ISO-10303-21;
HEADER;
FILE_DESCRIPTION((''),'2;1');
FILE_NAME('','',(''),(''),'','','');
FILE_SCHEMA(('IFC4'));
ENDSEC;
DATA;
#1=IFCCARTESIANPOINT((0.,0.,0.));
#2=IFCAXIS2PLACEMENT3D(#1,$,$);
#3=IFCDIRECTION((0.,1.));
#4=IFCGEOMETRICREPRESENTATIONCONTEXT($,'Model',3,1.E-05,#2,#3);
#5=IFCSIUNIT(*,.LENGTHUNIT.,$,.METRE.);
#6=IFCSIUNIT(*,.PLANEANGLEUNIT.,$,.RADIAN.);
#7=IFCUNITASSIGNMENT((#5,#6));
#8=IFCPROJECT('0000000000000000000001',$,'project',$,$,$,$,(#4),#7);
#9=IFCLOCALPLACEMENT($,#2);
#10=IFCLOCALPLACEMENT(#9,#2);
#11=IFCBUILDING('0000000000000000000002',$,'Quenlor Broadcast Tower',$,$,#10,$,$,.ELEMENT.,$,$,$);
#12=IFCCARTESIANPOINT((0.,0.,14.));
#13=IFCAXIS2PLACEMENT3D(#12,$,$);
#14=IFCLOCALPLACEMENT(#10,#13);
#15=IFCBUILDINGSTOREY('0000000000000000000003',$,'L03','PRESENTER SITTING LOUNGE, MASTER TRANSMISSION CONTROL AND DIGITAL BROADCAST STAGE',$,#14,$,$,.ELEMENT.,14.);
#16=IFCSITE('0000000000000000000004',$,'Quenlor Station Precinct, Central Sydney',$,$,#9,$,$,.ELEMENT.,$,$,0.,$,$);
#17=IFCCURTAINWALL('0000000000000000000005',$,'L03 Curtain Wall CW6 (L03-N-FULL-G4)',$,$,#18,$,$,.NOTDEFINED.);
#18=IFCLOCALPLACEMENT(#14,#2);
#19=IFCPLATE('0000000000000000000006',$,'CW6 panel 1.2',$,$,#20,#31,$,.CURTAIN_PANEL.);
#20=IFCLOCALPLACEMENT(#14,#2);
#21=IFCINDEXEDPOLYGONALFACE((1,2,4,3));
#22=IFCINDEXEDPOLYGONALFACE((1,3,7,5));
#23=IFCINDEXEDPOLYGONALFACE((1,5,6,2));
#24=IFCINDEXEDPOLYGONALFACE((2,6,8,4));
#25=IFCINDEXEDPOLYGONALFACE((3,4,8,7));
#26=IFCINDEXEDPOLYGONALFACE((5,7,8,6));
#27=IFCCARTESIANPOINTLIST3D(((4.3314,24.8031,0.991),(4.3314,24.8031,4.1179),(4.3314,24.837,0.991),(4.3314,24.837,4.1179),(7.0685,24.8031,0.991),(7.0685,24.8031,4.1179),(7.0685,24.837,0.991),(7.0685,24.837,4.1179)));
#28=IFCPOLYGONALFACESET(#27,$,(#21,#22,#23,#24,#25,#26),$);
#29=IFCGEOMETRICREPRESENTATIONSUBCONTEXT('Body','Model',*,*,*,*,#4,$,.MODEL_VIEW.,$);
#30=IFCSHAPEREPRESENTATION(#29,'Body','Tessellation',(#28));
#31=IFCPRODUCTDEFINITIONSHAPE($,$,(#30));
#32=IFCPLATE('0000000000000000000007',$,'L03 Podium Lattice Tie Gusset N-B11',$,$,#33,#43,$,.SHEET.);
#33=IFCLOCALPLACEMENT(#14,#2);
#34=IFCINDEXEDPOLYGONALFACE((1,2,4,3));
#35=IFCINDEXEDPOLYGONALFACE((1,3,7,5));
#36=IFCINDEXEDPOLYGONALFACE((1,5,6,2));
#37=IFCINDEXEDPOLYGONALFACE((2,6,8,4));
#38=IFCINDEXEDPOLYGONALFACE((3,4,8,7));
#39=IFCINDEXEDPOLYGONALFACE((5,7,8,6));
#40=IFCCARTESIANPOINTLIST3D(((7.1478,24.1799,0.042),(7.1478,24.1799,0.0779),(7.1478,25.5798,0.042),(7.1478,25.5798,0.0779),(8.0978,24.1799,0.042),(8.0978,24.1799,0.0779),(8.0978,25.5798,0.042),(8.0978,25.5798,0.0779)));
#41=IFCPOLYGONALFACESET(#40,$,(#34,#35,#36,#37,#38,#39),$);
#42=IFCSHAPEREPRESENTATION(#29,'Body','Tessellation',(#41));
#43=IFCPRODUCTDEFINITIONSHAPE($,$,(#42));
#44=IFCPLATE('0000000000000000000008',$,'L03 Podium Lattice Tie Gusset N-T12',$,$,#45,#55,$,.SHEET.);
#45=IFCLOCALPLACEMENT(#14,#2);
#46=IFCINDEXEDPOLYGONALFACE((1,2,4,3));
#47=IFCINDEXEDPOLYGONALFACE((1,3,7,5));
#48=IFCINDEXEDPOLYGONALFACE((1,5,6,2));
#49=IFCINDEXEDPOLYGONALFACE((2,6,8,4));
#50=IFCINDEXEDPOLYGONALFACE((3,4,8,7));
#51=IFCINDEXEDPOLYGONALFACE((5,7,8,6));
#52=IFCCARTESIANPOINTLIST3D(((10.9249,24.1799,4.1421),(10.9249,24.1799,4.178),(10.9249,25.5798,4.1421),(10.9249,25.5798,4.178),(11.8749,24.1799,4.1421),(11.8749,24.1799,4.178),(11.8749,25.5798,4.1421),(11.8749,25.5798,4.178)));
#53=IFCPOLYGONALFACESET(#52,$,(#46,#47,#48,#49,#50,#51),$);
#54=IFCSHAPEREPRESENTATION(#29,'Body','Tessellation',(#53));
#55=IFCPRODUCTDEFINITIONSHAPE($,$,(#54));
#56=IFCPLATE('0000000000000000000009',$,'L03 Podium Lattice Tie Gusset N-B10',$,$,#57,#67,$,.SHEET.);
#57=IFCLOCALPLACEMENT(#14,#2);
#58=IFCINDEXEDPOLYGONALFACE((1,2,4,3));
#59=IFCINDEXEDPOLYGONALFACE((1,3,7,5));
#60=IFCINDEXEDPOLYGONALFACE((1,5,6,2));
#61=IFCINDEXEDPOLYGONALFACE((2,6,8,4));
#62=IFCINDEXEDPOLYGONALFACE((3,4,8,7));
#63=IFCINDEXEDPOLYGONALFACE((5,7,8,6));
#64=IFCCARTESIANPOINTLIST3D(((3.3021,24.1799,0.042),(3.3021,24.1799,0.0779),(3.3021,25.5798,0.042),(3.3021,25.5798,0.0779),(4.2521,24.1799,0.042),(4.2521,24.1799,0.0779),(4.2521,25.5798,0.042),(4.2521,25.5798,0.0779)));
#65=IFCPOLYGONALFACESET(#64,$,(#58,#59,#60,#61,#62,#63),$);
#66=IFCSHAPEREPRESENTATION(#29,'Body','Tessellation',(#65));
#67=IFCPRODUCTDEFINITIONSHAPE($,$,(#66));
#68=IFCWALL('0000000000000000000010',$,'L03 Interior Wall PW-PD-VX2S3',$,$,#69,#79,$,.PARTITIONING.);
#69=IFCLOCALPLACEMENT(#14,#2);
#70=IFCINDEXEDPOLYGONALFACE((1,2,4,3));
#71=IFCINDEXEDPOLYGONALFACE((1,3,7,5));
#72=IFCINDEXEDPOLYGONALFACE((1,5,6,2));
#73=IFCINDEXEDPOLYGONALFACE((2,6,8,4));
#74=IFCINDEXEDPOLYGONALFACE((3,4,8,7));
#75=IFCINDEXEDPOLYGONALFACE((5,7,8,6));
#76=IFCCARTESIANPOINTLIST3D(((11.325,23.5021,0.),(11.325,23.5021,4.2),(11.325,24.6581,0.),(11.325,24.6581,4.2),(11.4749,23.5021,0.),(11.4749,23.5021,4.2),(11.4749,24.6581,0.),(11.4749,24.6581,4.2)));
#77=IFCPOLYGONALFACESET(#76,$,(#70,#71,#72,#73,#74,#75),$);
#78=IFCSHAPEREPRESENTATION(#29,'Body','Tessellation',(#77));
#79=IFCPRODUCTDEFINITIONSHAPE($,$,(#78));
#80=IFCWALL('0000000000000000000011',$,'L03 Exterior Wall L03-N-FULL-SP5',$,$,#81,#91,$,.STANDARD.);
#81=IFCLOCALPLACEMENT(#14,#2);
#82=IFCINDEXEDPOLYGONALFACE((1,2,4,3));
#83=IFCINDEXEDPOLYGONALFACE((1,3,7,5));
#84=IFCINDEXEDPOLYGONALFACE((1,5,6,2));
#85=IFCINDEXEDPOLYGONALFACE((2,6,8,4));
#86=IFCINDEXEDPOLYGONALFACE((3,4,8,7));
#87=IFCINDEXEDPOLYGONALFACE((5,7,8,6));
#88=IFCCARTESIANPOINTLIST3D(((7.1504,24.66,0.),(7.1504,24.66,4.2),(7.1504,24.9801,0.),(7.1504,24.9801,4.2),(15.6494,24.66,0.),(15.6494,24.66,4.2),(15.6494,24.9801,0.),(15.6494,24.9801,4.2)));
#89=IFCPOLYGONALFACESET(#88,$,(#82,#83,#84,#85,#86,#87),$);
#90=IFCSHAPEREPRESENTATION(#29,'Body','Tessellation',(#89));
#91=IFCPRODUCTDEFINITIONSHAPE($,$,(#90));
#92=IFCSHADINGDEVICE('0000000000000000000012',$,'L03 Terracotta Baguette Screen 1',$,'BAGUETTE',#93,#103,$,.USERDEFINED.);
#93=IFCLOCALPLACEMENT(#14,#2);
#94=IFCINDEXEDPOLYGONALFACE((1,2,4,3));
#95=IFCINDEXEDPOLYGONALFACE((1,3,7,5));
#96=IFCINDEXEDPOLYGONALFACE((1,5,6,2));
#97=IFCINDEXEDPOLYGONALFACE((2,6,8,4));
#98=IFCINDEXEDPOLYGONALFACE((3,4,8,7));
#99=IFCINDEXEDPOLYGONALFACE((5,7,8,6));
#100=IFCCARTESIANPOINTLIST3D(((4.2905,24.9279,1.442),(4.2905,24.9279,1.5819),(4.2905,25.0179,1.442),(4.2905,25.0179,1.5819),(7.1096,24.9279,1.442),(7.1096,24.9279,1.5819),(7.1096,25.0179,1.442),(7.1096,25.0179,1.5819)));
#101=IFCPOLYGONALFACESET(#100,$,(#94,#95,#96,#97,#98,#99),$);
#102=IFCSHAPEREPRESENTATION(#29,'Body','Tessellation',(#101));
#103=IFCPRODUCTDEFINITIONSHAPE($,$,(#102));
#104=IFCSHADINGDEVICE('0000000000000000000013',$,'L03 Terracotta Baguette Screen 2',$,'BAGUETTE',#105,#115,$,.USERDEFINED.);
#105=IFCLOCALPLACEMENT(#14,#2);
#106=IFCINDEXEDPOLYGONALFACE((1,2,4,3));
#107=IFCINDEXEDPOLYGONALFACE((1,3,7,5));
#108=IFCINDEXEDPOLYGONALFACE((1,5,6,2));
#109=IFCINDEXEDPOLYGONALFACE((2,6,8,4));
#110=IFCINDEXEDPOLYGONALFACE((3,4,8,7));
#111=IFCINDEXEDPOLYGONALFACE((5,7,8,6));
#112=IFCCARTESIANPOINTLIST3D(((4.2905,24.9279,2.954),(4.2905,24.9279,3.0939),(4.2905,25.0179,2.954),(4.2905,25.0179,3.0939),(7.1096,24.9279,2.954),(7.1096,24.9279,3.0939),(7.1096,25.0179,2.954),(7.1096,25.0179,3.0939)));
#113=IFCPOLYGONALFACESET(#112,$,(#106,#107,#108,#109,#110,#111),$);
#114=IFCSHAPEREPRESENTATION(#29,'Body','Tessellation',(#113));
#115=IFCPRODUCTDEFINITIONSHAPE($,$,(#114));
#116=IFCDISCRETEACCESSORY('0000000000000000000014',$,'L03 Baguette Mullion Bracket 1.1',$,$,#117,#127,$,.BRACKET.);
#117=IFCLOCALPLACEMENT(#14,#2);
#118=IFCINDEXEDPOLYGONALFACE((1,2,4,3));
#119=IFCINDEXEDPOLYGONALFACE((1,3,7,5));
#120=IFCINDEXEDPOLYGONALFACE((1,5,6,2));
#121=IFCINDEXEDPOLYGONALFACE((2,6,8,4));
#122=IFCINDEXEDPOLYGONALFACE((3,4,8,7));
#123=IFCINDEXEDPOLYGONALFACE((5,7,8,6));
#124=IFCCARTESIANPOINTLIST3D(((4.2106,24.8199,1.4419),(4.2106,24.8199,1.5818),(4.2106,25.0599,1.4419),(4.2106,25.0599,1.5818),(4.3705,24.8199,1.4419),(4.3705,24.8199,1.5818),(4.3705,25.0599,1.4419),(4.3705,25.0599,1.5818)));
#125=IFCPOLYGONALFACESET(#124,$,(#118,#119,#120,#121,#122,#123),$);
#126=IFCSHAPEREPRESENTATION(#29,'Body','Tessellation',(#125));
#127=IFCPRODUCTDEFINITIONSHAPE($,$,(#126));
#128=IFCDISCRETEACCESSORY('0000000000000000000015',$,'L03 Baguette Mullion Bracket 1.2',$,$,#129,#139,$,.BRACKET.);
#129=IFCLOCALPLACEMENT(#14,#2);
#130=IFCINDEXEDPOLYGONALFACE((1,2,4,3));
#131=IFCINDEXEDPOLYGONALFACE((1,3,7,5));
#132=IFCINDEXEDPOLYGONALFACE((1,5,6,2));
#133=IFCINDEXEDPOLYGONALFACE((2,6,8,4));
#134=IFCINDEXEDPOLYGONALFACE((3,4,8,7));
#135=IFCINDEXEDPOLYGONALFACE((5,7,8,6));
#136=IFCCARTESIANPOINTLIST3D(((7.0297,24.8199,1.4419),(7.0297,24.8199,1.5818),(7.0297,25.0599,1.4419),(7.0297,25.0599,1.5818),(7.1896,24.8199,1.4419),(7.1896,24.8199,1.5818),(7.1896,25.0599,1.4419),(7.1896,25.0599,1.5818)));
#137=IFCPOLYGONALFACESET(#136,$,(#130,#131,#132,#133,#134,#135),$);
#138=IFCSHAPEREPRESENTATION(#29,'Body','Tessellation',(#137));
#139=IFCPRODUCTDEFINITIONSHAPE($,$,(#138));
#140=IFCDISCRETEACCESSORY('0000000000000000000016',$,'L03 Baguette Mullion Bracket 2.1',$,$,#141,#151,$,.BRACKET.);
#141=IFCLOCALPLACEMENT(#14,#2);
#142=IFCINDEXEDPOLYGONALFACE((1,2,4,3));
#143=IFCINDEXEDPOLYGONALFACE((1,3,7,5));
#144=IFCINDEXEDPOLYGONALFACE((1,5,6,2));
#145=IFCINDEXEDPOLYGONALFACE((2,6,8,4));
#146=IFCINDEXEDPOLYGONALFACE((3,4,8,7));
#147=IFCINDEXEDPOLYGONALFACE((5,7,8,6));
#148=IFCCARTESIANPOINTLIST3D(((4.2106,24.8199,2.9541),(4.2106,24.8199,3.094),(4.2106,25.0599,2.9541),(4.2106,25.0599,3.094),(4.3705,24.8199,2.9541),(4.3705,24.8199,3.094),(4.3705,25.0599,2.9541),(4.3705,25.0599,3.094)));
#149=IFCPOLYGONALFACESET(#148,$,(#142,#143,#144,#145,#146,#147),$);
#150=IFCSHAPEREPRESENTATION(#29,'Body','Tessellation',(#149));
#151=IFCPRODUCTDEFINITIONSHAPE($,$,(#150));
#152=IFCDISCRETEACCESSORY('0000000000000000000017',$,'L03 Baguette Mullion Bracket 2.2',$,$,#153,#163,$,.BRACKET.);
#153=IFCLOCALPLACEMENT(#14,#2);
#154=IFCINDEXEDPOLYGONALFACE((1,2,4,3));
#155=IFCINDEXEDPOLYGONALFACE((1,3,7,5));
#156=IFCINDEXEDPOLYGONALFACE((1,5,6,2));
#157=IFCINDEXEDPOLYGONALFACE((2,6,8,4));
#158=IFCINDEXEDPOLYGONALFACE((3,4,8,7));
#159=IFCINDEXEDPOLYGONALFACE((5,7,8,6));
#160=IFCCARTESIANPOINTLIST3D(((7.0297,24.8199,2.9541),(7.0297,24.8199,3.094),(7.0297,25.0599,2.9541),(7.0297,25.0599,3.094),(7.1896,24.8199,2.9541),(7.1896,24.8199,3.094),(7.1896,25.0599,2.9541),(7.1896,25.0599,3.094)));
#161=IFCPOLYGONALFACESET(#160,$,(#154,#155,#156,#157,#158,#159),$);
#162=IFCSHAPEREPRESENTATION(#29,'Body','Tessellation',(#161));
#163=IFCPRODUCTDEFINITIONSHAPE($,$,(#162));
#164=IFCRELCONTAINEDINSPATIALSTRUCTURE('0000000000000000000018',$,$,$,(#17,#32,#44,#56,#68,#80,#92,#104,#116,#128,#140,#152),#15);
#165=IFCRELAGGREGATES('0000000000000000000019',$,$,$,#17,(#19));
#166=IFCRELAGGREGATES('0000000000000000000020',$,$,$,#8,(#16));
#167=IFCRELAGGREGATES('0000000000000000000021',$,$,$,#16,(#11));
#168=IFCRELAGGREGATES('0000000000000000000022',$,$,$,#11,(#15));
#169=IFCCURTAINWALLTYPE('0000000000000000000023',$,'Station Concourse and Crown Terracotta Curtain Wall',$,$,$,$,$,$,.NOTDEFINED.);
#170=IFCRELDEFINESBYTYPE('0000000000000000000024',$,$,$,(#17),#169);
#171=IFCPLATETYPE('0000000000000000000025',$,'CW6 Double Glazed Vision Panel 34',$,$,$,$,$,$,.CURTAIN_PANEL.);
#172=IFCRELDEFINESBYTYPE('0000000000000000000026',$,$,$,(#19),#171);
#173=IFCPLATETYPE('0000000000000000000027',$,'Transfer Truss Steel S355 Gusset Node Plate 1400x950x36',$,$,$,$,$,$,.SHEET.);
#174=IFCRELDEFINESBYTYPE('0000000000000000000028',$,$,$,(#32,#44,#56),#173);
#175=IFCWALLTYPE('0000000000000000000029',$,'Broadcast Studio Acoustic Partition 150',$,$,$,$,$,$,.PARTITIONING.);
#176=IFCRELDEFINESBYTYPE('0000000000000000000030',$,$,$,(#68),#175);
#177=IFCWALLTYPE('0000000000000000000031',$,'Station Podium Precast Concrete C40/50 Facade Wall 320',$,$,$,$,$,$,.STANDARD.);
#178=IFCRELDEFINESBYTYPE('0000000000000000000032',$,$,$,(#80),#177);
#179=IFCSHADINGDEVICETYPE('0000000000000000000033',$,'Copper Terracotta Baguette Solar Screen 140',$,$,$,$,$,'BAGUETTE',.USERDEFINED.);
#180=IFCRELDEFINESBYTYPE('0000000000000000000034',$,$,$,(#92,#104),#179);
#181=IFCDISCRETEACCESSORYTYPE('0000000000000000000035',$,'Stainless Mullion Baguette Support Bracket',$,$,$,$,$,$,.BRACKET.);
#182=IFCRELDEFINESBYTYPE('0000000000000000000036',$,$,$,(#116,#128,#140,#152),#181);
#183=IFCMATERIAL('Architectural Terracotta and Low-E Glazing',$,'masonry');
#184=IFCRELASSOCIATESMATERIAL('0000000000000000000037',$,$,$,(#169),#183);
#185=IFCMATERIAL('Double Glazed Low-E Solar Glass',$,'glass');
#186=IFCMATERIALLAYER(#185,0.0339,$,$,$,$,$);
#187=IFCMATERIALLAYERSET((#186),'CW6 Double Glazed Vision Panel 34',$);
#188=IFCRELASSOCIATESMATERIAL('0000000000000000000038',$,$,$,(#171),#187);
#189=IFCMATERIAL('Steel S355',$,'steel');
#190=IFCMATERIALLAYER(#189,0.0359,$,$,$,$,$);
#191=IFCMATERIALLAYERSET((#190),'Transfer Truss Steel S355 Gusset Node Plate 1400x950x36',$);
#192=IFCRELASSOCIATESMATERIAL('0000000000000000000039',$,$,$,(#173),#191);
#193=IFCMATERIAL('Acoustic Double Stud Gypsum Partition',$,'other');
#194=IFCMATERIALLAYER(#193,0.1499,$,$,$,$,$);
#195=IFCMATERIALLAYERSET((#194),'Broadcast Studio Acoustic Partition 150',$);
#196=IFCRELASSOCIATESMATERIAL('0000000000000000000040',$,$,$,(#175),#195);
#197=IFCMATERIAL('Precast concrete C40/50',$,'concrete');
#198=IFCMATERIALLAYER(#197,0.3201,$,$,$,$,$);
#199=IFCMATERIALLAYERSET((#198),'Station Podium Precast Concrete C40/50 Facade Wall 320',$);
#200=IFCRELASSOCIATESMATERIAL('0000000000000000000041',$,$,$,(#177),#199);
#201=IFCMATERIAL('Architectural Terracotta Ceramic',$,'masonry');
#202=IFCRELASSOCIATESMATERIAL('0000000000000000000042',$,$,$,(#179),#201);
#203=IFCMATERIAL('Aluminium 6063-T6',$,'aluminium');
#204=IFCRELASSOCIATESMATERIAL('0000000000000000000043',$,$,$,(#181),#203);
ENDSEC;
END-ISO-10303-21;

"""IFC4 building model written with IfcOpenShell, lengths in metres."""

from ifc_helpers import new_model, si_unit, direction, frame, frame_2d, origin, origin_2d, place, context, subcontext, project, spatial, rectangle, extrude, material, layer, layer_set, material_profile, profile_set, type_object, element, aggregate, save


model = new_model("IFC4")

# Units and contexts
model_context = context("Model", 3, precision=1e-05, world=origin(), true_north=direction((0.0, 1.0)))
body_context = subcontext(model_context, "Body", "Model", "MODEL_VIEW")
ifc_project = project(units=[si_unit("LENGTHUNIT", "METRE"), si_unit("PLANEANGLEUNIT", "RADIAN")], contexts=[model_context])

# Site, building, storey
site_placement = place(None, origin())
site = spatial("IfcSite", under=ifc_project, at=site_placement, Name="Quenlor Station Precinct, Central Sydney", CompositionType="ELEMENT", RefElevation=0.0)
building_placement = place(site_placement, origin())
building = spatial("IfcBuilding", under=site, at=building_placement, Name="Quenlor Broadcast Tower", CompositionType="ELEMENT")
storey_placement = place(building_placement, frame((0.0, 0.0, 14.0)))
storey = spatial("IfcBuildingStorey", under=building, at=storey_placement, Name="L03", Description="PRESENTER SITTING LOUNGE, MASTER TRANSMISSION CONTROL AND DIGITAL BROADCAST STAGE", CompositionType="ELEMENT", Elevation=14.0)

# Curtain wall
ifc_material_1 = material(Name="Architectural Terracotta and Low-E Glazing", Category="masonry")
curtain_wall_type = type_object("IfcCurtainWallType", Name="Station Concourse and Crown Terracotta Curtain Wall", PredefinedType="NOTDEFINED", material=ifc_material_1)
curtain_wall_placement = place(storey_placement, origin())
curtain_wall = element("IfcCurtainWall", 1, at=curtain_wall_placement, inside=storey, type_object=curtain_wall_type, Name="L03 Curtain Wall CW6 (L03-N-FULL-G4)", PredefinedType="NOTDEFINED")

# Plate
ifc_material_2 = material(Name="Double Glazed Low-E Solar Glass", Category="glass")
ifc_layer_1 = layer(ifc_material_2, 0.0339)
ifc_layer_set_1 = layer_set([ifc_layer_1], Name="CW6 Double Glazed Vision Panel 34")
plate_type_1 = type_object("IfcPlateType", Name="CW6 Double Glazed Vision Panel 34", PredefinedType="CURTAIN_PANEL", material=ifc_layer_set_1)
plate_1_placement = place(storey_placement, frame((5.7, 24.8201, 0.991), z_axis=(0.0, 0.0, 1.0), x_axis=(1.0, 0.0, 0.0)))
plate_1 = element("IfcPlate", 2, at=plate_1_placement, type_object=plate_type_1, Name="CW6 panel 1.2", PredefinedType="CURTAIN_PANEL", context=body_context, shape_type="SweptSolid", body=[
    extrude(rectangle(XDim=2.7371, YDim=0.0339, at=origin_2d()), origin(), (0.0, 0.0, 1.0), 3.127),
])
aggregate(curtain_wall, [plate_1])

# Plates
ifc_material_3 = material(Name="Steel S355", Category="steel")
ifc_layer_2 = layer(ifc_material_3, 0.0359)
ifc_layer_set_2 = layer_set([ifc_layer_2], Name="Transfer Truss Steel S355 Gusset Node Plate 1400x950x36")
plate_type_2 = type_object("IfcPlateType", Name="Transfer Truss Steel S355 Gusset Node Plate 1400x950x36", PredefinedType="SHEET", material=ifc_layer_set_2)
for number, where, z_axis, x_axis, name in (
    (3, (7.6228, 24.8799, 0.042), (0.0, 0.0, 1.0), (0.0, 1.0, 0.0), "L03 Podium Lattice Tie Gusset N-B11"),
    (4, (11.3999, 24.8799, 4.1421), (0.0, 0.0, 1.0), (0.0, 1.0, 0.0), "L03 Podium Lattice Tie Gusset N-T12"),
    (5, (3.7771, 24.8799, 0.042), (0.0, 0.0, 1.0), (0.0, 1.0, 0.0), "L03 Podium Lattice Tie Gusset N-B10"),
):
    element("IfcPlate", number, at=place(storey_placement, frame(where, z_axis=z_axis, x_axis=x_axis)), inside=storey, type_object=plate_type_2, Name=name, PredefinedType="SHEET", context=body_context, shape_type="SweptSolid", body=[
        extrude(rectangle(XDim=1.3999, YDim=0.95, at=origin_2d()), origin(), (0.0, 0.0, 1.0), 0.0359),
    ])

# Walls
ifc_material_4 = material(Name="Acoustic Double Stud Gypsum Partition", Category="other")
ifc_layer_3 = layer(ifc_material_4, 0.1499)
ifc_layer_set_3 = layer_set([ifc_layer_3], Name="Broadcast Studio Acoustic Partition 150")
wall_type_1 = type_object("IfcWallType", Name="Broadcast Studio Acoustic Partition 150", PredefinedType="PARTITIONING", material=ifc_layer_set_3)
wall_1_placement = place(storey_placement, frame((11.3999, 23.502, 0.0), z_axis=(0.0, 0.0, 1.0), x_axis=(0.0, 1.0, 0.0)))
element("IfcWall", 6, at=wall_1_placement, inside=storey, type_object=wall_type_1, Name="L03 Interior Wall PW-PD-VX2S3", PredefinedType="PARTITIONING", context=body_context, shape_type="SweptSolid", body=[
    extrude(rectangle(XDim=1.156, YDim=0.1499, at=frame_2d((0.5781, 0.0))), origin(), (0.0, 0.0, 1.0), 4.2),
])
ifc_material_5 = material(Name="Precast concrete C40/50", Category="concrete")
ifc_layer_4 = layer(ifc_material_5, 0.3201)
ifc_layer_set_4 = layer_set([ifc_layer_4], Name="Station Podium Precast Concrete C40/50 Facade Wall 320")
wall_type_2 = type_object("IfcWallType", Name="Station Podium Precast Concrete C40/50 Facade Wall 320", PredefinedType="STANDARD", material=ifc_layer_set_4)
wall_2_placement = place(storey_placement, frame((7.1504, 24.8201, 0.0), z_axis=(0.0, 0.0, 1.0), x_axis=(1.0, 0.0, 0.0)))
element("IfcWall", 7, at=wall_2_placement, inside=storey, type_object=wall_type_2, Name="L03 Exterior Wall L03-N-FULL-SP5", PredefinedType="STANDARD", context=body_context, shape_type="SweptSolid", body=[
    extrude(rectangle(XDim=8.499, YDim=0.3201, at=frame_2d((4.2495, 0.0))), origin(), (0.0, 0.0, 1.0), 4.2),
])

# Shading devices
ifc_material_6 = material(Name="Architectural Terracotta Ceramic", Category="masonry")
ifc_material_profile_1 = material_profile(ifc_material_6, rectangle(XDim=0.0901, YDim=0.1399, at=origin_2d()))
ifc_profile_set_1 = profile_set([ifc_material_profile_1], Name="Architectural Terracotta Ceramic BAG90x140")
shading_device_type = type_object("IfcShadingDeviceType", Name="Copper Terracotta Baguette Solar Screen 140", ElementType="BAGUETTE", PredefinedType="USERDEFINED", material=ifc_profile_set_1)
for number, where, z_axis, x_axis, name in (
    (8, (4.2905, 24.9729, 1.512), (1.0, 0.0, 0.0), (0.0, 1.0, 0.0), "L03 Terracotta Baguette Screen 1"),
    (9, (4.2905, 24.9729, 3.0239), (1.0, 0.0, 0.0), (0.0, 1.0, 0.0), "L03 Terracotta Baguette Screen 2"),
):
    element("IfcShadingDevice", number, at=place(storey_placement, frame(where, z_axis=z_axis, x_axis=x_axis)), inside=storey, type_object=shading_device_type, Name=name, ObjectType="BAGUETTE", PredefinedType="USERDEFINED", context=body_context, shape_type="SweptSolid", body=[
        extrude(rectangle(XDim=0.0901, YDim=0.1399, at=origin_2d()), origin(), (0.0, 0.0, 1.0), 2.8191),
    ])

# Discrete accessories
ifc_material_7 = material(Name="Aluminium 6063-T6", Category="aluminium")
discrete_accessory_type = type_object("IfcDiscreteAccessoryType", Name="Stainless Mullion Baguette Support Bracket", PredefinedType="BRACKET", material=ifc_material_7)
for number, where, z_axis, x_axis, name in (
    (10, (4.2905, 24.9399, 1.4419), (0.0, 0.0, 1.0), (1.0, 0.0, 0.0), "L03 Baguette Mullion Bracket 1.1"),
    (11, (7.1096, 24.9399, 1.4419), (0.0, 0.0, 1.0), (1.0, 0.0, 0.0), "L03 Baguette Mullion Bracket 1.2"),
    (12, (4.2905, 24.9399, 2.9541), (0.0, 0.0, 1.0), (1.0, 0.0, 0.0), "L03 Baguette Mullion Bracket 2.1"),
    (13, (7.1096, 24.9399, 2.9541), (0.0, 0.0, 1.0), (1.0, 0.0, 0.0), "L03 Baguette Mullion Bracket 2.2"),
):
    element("IfcDiscreteAccessory", number, at=place(storey_placement, frame(where, z_axis=z_axis, x_axis=x_axis)), inside=storey, type_object=discrete_accessory_type, Name=name, PredefinedType="BRACKET", context=body_context, shape_type="SweptSolid", body=[
        extrude(rectangle(XDim=0.1599, YDim=0.24, at=origin_2d()), origin(), (0.0, 0.0, 1.0), 0.1399),
    ])

save(model, "model.ifc")
